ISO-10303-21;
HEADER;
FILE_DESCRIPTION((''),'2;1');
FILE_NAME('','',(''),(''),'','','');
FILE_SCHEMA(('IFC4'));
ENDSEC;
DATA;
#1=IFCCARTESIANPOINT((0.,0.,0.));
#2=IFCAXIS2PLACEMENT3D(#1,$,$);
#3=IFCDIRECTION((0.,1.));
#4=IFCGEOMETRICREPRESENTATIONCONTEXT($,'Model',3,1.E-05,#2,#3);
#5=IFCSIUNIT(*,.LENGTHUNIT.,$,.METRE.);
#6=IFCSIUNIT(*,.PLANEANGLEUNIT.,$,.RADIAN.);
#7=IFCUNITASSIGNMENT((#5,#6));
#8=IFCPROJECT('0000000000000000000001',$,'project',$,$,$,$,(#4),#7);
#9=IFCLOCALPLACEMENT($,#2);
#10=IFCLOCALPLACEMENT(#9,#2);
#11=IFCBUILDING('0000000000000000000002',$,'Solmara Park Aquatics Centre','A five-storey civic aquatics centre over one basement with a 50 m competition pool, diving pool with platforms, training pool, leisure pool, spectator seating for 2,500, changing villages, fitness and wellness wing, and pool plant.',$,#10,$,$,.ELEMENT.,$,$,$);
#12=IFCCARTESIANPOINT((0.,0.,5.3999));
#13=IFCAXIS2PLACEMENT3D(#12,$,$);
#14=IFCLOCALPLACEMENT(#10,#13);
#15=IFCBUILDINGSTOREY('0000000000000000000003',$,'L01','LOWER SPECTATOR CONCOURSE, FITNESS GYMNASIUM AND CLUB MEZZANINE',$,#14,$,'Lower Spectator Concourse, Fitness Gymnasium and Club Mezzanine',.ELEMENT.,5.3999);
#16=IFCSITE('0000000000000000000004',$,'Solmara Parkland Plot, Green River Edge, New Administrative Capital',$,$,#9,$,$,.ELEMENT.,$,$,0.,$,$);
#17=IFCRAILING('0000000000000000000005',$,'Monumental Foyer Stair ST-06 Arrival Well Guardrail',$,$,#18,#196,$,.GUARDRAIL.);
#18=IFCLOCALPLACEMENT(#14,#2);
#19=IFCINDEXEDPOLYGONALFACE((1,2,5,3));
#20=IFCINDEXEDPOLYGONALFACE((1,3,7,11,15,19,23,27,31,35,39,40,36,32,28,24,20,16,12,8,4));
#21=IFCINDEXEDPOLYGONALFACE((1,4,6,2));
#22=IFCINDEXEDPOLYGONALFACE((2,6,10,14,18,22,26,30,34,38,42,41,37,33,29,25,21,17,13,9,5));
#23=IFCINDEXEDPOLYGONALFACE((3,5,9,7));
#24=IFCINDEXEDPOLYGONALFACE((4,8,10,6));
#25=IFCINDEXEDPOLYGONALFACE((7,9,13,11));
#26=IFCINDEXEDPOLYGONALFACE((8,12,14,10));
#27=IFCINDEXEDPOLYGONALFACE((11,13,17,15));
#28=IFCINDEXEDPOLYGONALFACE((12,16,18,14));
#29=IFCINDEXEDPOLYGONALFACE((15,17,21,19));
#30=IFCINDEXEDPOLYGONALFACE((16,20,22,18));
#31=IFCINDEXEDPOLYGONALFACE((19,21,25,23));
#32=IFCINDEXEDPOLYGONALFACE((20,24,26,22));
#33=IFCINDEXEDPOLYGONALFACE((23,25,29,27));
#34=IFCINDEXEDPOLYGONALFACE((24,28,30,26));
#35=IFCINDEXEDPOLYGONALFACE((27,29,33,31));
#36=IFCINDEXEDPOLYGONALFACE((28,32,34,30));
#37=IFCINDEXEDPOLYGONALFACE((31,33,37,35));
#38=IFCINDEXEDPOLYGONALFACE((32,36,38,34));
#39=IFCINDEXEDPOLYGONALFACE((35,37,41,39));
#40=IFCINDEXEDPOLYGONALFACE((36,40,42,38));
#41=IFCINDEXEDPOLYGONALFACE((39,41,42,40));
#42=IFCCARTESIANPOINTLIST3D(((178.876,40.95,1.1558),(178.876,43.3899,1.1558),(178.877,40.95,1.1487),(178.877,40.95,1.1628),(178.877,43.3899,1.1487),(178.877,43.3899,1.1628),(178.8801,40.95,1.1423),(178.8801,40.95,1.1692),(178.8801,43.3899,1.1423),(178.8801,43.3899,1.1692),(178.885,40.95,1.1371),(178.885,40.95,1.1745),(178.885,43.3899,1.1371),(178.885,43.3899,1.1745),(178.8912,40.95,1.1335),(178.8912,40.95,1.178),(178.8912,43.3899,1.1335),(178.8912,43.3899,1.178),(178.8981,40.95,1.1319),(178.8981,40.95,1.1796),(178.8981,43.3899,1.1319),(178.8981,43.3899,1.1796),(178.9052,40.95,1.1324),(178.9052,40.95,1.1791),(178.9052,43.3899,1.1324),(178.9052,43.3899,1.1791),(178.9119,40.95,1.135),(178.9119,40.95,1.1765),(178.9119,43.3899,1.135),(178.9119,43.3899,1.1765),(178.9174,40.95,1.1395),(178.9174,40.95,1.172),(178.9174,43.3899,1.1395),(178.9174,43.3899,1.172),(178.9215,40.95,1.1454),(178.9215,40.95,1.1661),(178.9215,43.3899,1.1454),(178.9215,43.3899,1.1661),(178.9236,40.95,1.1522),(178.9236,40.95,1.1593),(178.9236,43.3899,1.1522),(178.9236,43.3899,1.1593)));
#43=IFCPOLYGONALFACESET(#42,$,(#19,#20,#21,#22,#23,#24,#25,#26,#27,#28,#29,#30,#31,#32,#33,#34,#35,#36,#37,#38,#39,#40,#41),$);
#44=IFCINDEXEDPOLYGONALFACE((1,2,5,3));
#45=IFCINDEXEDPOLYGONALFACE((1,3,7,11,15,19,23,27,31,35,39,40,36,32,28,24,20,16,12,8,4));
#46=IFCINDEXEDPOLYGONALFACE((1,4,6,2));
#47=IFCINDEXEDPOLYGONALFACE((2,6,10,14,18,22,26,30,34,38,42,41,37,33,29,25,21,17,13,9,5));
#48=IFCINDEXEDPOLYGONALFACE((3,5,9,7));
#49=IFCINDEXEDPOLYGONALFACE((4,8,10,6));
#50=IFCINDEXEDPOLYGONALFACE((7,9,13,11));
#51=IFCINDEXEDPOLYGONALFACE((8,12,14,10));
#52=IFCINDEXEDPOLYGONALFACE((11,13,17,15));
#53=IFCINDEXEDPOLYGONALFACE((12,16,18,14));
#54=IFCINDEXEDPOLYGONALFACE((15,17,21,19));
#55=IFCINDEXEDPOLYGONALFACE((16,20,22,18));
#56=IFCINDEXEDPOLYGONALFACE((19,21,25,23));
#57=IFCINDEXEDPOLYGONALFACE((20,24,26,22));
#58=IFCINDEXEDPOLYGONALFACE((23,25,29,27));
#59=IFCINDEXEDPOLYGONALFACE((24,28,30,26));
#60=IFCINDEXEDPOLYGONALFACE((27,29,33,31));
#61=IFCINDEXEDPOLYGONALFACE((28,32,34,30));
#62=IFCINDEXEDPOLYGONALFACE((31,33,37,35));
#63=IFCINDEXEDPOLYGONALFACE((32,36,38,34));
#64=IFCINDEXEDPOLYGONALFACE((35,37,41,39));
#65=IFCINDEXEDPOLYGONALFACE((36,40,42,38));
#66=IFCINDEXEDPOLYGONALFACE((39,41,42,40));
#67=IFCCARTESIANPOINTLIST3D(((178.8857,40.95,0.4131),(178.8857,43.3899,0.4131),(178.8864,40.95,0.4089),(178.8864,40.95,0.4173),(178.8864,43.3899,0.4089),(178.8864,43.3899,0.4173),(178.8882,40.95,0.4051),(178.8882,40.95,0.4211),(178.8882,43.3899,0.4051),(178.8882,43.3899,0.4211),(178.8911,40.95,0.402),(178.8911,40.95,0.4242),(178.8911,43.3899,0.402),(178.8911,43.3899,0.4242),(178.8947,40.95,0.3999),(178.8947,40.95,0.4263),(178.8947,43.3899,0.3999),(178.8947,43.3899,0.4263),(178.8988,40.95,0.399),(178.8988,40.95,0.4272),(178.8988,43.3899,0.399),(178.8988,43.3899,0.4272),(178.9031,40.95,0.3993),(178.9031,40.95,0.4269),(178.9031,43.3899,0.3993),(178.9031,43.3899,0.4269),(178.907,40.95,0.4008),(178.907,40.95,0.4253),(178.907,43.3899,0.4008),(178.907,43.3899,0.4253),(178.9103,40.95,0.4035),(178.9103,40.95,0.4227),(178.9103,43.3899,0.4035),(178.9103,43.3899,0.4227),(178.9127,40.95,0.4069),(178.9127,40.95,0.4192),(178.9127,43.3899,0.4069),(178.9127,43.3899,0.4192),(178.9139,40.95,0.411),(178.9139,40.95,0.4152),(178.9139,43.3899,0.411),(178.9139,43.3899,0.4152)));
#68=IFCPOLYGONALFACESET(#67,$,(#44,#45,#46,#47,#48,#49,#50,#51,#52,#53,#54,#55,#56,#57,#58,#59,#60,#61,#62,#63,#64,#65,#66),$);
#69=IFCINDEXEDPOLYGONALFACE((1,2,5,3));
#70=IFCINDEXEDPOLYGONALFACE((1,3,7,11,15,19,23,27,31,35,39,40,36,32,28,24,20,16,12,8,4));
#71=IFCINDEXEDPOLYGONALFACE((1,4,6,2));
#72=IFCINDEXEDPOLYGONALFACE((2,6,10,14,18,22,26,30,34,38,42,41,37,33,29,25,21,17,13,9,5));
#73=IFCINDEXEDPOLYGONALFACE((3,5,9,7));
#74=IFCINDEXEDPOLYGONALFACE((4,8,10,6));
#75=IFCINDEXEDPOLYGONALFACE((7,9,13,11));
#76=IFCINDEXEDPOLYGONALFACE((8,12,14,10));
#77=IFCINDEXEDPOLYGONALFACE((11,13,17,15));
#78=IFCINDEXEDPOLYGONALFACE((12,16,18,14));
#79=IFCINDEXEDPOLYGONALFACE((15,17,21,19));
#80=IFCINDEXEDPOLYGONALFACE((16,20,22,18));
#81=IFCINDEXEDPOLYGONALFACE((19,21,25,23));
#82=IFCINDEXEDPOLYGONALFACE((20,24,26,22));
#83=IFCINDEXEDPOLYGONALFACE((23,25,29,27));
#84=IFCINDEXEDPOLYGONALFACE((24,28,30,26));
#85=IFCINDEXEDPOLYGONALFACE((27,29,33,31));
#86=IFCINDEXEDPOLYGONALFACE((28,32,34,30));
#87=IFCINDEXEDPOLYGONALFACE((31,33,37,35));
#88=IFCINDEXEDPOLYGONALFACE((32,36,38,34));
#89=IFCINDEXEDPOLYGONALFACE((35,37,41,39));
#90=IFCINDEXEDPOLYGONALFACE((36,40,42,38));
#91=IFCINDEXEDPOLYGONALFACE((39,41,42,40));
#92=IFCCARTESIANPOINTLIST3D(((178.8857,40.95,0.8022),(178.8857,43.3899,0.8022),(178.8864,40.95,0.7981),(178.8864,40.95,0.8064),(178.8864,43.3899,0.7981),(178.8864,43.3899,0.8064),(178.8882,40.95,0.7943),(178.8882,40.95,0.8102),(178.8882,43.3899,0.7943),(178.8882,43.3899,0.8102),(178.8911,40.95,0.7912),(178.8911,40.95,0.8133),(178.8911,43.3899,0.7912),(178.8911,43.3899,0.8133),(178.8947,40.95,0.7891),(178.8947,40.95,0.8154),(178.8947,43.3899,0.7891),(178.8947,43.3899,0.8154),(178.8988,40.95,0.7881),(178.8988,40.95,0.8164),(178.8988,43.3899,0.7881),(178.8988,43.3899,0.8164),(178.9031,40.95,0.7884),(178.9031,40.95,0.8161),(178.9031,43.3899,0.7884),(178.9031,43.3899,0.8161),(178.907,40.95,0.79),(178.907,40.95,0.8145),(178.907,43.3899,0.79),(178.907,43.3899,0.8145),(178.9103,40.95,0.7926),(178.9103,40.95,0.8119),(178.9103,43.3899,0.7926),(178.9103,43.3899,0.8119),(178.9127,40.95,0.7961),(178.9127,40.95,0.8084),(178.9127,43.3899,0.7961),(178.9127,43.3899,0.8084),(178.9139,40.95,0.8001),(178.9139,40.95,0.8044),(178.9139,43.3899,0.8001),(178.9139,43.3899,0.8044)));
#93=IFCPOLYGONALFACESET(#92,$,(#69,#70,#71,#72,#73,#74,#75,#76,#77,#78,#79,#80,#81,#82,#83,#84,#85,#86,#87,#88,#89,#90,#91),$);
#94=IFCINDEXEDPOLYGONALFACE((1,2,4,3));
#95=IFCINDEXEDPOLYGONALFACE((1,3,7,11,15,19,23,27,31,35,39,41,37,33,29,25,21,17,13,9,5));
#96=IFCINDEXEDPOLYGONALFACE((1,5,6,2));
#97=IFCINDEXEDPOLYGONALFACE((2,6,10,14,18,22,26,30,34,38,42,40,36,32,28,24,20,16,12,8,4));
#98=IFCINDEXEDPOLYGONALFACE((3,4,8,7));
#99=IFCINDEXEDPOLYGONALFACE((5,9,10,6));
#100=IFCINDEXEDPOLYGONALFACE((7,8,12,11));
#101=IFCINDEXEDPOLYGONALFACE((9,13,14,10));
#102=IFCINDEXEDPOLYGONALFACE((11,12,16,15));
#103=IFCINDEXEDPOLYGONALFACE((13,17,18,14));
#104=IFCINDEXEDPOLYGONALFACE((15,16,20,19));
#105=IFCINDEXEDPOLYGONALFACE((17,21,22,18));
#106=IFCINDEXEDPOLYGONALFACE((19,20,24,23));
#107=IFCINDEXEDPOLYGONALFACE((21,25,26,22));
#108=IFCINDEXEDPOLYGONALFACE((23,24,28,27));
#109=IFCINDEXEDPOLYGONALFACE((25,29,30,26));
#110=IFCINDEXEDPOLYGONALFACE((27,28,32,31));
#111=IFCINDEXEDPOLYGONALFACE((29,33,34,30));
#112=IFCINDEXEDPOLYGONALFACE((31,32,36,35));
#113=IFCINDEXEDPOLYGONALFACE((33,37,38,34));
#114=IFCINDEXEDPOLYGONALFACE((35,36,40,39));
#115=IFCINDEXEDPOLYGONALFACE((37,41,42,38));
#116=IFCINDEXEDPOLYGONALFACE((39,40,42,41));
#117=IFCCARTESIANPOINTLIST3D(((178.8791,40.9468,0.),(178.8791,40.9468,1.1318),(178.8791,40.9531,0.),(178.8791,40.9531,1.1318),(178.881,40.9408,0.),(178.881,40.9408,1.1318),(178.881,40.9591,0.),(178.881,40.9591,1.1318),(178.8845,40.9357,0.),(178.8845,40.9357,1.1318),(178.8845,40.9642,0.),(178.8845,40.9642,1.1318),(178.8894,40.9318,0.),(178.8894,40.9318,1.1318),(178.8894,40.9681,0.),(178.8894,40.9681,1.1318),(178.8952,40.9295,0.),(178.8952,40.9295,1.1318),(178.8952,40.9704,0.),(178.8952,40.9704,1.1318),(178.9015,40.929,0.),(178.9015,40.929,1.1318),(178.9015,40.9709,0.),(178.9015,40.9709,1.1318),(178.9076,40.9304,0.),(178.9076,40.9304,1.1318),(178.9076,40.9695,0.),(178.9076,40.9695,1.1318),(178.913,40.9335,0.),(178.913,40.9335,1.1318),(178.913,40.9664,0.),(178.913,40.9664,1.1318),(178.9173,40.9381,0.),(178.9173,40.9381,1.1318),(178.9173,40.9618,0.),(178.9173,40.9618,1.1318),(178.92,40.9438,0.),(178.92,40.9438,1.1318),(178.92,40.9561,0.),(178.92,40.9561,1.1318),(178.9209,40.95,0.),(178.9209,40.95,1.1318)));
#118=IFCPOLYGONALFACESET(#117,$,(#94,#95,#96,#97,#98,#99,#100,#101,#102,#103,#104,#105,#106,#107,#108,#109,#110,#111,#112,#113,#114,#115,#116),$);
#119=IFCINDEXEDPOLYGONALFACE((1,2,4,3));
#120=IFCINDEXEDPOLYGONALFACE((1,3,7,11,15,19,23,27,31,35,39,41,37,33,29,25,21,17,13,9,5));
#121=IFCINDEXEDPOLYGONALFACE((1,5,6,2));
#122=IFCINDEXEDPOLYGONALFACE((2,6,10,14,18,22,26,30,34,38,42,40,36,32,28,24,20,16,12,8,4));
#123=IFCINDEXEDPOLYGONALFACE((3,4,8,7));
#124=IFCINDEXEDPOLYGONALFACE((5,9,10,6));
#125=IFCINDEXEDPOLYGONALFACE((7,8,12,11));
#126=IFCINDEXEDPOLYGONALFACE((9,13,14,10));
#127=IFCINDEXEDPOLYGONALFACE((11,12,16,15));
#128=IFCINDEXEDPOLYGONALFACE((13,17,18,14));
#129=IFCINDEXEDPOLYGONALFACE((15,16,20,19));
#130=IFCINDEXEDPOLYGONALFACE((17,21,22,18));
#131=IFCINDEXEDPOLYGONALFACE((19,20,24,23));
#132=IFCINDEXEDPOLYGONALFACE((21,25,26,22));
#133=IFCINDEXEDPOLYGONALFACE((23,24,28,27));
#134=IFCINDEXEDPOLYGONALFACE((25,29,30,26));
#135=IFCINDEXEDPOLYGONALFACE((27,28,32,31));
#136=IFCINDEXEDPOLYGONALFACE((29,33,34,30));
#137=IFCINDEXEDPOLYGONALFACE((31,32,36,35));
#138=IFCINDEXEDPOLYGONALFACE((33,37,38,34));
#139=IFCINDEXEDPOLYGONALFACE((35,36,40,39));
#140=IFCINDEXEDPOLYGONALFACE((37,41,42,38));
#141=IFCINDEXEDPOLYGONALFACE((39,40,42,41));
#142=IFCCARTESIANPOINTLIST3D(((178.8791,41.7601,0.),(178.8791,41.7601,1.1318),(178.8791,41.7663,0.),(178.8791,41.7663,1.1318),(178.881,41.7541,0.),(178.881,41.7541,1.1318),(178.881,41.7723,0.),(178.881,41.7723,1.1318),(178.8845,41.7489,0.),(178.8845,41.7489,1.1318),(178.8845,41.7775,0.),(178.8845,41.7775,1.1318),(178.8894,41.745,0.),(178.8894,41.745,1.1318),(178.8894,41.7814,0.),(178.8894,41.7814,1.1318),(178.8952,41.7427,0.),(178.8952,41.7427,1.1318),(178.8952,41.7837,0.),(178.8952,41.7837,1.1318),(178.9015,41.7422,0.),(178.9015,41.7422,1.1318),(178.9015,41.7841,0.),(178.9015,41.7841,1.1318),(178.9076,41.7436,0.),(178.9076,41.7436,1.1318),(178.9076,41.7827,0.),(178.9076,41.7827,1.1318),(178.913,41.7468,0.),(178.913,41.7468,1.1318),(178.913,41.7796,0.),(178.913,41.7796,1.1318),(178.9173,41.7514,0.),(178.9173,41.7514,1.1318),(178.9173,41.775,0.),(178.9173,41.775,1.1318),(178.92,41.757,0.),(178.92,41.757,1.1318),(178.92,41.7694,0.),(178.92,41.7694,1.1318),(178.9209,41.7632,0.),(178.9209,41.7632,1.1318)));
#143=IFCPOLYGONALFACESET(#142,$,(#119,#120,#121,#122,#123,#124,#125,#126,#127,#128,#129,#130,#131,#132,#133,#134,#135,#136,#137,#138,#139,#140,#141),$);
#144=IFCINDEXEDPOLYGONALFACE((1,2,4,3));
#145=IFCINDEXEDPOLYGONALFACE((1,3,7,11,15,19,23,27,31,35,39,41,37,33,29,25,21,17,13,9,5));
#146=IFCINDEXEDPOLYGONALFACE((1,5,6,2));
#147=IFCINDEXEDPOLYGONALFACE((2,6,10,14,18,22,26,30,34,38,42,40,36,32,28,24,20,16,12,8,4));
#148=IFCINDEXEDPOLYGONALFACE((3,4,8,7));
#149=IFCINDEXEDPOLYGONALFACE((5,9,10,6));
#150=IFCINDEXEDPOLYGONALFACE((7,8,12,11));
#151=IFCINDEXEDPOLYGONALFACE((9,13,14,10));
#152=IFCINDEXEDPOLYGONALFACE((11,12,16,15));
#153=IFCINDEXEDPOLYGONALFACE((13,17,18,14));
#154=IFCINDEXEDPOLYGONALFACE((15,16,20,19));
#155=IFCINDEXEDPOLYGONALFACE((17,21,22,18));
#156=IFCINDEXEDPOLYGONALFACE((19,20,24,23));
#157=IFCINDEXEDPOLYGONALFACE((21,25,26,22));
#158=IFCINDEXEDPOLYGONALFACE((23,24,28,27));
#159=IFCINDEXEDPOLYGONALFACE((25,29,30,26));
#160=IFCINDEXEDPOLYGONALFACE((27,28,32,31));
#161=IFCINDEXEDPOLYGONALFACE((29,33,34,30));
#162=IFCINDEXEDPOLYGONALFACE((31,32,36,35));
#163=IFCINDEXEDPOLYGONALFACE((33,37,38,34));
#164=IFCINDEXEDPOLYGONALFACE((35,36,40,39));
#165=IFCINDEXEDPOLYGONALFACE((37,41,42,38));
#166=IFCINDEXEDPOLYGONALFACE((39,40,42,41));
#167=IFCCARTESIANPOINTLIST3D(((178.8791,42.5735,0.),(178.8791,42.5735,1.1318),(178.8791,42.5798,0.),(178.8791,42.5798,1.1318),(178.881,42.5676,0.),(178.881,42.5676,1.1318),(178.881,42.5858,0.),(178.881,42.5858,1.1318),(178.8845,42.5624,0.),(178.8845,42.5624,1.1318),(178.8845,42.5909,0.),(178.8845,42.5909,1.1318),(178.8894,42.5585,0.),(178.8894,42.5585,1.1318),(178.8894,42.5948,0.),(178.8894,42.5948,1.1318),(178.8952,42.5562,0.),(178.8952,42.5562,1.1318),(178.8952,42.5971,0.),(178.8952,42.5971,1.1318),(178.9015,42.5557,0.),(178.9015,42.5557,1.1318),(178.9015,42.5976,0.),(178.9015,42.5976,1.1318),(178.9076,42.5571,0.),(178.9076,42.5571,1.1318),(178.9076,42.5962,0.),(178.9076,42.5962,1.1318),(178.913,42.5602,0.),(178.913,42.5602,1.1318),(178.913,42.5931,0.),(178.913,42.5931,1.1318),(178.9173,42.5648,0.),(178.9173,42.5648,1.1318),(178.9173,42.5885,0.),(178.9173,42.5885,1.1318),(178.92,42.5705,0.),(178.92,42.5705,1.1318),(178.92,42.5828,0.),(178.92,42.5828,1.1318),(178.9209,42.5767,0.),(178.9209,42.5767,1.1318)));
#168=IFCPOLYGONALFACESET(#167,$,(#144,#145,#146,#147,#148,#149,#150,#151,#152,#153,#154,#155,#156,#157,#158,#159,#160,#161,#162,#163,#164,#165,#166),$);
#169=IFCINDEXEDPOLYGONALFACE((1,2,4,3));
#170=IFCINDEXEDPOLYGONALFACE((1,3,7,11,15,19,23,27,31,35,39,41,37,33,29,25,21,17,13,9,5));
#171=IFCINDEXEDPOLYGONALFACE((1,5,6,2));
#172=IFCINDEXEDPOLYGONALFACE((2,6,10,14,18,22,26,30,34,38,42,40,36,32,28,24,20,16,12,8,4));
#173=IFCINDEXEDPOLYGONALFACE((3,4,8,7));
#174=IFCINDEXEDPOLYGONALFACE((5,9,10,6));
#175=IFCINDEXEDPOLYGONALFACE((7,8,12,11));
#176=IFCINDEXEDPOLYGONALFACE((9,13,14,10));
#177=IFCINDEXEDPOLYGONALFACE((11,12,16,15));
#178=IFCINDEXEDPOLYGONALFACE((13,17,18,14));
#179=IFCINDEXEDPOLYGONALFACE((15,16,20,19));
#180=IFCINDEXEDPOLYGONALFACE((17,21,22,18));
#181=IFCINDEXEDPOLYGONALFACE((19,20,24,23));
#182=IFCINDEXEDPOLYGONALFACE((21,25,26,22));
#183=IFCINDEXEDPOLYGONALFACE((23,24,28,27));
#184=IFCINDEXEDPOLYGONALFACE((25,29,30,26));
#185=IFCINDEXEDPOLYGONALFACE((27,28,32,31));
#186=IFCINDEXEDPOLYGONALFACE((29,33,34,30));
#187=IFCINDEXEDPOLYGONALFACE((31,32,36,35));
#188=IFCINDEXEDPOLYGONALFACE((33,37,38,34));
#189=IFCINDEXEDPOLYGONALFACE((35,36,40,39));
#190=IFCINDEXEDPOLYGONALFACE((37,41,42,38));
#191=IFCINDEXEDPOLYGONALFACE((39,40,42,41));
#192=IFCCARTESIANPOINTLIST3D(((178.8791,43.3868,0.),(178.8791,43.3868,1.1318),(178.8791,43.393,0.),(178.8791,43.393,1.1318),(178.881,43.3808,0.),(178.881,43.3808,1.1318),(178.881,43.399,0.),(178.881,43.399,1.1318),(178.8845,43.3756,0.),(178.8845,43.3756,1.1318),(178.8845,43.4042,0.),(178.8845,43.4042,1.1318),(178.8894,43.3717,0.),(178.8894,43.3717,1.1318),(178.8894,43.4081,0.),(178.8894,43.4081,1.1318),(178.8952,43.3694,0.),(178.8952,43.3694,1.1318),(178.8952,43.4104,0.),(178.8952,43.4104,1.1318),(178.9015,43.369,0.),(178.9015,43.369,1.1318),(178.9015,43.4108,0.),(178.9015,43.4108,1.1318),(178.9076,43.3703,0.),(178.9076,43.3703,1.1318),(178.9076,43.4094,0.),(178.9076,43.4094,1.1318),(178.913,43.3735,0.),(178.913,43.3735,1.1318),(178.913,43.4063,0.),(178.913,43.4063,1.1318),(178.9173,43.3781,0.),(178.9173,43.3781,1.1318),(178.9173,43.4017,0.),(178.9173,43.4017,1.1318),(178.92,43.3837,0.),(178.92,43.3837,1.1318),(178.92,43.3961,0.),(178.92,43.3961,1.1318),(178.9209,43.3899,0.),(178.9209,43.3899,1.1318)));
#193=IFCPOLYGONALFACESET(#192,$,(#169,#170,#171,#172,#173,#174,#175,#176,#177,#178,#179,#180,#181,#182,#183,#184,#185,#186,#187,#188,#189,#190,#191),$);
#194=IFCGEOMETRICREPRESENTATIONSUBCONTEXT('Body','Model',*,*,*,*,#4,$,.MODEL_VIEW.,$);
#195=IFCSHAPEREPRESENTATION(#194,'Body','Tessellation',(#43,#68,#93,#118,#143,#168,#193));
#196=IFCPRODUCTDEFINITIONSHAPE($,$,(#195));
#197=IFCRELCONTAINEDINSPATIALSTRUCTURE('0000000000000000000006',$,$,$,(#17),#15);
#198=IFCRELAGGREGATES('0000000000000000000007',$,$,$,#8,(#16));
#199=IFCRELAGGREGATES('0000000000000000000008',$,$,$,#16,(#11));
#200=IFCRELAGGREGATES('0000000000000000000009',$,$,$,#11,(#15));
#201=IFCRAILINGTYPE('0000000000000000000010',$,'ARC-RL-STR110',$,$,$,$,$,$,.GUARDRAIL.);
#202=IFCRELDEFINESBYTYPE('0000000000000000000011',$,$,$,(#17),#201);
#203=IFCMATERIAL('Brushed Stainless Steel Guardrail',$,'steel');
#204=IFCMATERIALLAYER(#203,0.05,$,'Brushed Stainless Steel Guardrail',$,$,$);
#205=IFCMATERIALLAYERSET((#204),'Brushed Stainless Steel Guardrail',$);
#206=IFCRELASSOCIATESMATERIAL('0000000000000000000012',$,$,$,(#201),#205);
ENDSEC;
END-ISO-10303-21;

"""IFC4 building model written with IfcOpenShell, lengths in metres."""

from ifc_helpers import new_model, si_unit, direction, frame, origin, origin_2d, place, context, subcontext, project, spatial, circle, extrude, material, layer, layer_set, type_object, element, save


model = new_model("IFC4")

# Units and contexts
model_context = context("Model", 3, precision=1e-05, world=origin(), true_north=direction((0.0, 1.0)))
body_context = subcontext(model_context, "Body", "Model", "MODEL_VIEW")
ifc_project = project(units=[si_unit("LENGTHUNIT", "METRE"), si_unit("PLANEANGLEUNIT", "RADIAN")], contexts=[model_context])

# Site, building, storey
site_placement = place(None, origin())
site = spatial("IfcSite", under=ifc_project, at=site_placement, Name="Solmara Parkland Plot, Green River Edge, New Administrative Capital", CompositionType="ELEMENT", RefElevation=0.0)
building_placement = place(site_placement, origin())
building = spatial("IfcBuilding", under=site, at=building_placement, Name="Solmara Park Aquatics Centre", Description="A five-storey civic aquatics centre over one basement with a 50 m competition pool, diving pool with platforms, training pool, leisure pool, spectator seating for 2,500, changing villages, fitness and wellness wing, and pool plant.", CompositionType="ELEMENT")
storey_placement = place(building_placement, frame((0.0, 0.0, 5.3999)))
storey = spatial("IfcBuildingStorey", under=building, at=storey_placement, Name="L01", Description="LOWER SPECTATOR CONCOURSE, FITNESS GYMNASIUM AND CLUB MEZZANINE", LongName="Lower Spectator Concourse, Fitness Gymnasium and Club Mezzanine", CompositionType="ELEMENT", Elevation=5.3999)

# Railing
ifc_material_1 = material(Name="Brushed Stainless Steel Guardrail", Category="steel")
ifc_layer_1 = layer(ifc_material_1, 0.05, Name="Brushed Stainless Steel Guardrail")
ifc_layer_set_1 = layer_set([ifc_layer_1], Name="Brushed Stainless Steel Guardrail")
railing_type_1 = type_object("IfcRailingType", Name="ARC-RL-STR110", PredefinedType="GUARDRAIL", material=ifc_layer_set_1)
railing_1_placement = place(storey_placement, frame((178.8999, 40.95, 0.0)))
element("IfcRailing", 1, at=railing_1_placement, inside=storey, type_object=railing_type_1, Name="Monumental Foyer Stair ST-06 Arrival Well Guardrail", PredefinedType="GUARDRAIL", context=body_context, shape_type="SweptSolid", body=[
    extrude(circle(Radius=0.0239, at=origin_2d()), frame((0.0, 0.0, 1.1558), z_axis=(0.0, 1.0, 0.0), x_axis=(-1.0, 0.0, 0.0)), (0.0, 0.0, 1.0), 2.4399),
    extrude(circle(Radius=0.0142, at=origin_2d()), frame((0.0, 0.0, 0.4131), z_axis=(0.0, 1.0, 0.0), x_axis=(-1.0, 0.0, 0.0)), (0.0, 0.0, 1.0), 2.4399),
    extrude(circle(Radius=0.0142, at=origin_2d()), frame((0.0, 0.0, 0.8022), z_axis=(0.0, 1.0, 0.0), x_axis=(-1.0, 0.0, 0.0)), (0.0, 0.0, 1.0), 2.4399),
    extrude(circle(Radius=0.021, at=origin_2d()), origin(), (0.0, 0.0, 1.0), 1.1318),
    extrude(circle(Radius=0.021, at=origin_2d()), frame((0.0, 0.8132, 0.0)), (0.0, 0.0, 1.0), 1.1318),
    extrude(circle(Radius=0.021, at=origin_2d()), frame((0.0, 1.6267, 0.0)), (0.0, 0.0, 1.0), 1.1318),
    extrude(circle(Radius=0.021, at=origin_2d()), frame((0.0, 2.4399, 0.0)), (0.0, 0.0, 1.0), 1.1318),
])

save(model, "model.ifc")
